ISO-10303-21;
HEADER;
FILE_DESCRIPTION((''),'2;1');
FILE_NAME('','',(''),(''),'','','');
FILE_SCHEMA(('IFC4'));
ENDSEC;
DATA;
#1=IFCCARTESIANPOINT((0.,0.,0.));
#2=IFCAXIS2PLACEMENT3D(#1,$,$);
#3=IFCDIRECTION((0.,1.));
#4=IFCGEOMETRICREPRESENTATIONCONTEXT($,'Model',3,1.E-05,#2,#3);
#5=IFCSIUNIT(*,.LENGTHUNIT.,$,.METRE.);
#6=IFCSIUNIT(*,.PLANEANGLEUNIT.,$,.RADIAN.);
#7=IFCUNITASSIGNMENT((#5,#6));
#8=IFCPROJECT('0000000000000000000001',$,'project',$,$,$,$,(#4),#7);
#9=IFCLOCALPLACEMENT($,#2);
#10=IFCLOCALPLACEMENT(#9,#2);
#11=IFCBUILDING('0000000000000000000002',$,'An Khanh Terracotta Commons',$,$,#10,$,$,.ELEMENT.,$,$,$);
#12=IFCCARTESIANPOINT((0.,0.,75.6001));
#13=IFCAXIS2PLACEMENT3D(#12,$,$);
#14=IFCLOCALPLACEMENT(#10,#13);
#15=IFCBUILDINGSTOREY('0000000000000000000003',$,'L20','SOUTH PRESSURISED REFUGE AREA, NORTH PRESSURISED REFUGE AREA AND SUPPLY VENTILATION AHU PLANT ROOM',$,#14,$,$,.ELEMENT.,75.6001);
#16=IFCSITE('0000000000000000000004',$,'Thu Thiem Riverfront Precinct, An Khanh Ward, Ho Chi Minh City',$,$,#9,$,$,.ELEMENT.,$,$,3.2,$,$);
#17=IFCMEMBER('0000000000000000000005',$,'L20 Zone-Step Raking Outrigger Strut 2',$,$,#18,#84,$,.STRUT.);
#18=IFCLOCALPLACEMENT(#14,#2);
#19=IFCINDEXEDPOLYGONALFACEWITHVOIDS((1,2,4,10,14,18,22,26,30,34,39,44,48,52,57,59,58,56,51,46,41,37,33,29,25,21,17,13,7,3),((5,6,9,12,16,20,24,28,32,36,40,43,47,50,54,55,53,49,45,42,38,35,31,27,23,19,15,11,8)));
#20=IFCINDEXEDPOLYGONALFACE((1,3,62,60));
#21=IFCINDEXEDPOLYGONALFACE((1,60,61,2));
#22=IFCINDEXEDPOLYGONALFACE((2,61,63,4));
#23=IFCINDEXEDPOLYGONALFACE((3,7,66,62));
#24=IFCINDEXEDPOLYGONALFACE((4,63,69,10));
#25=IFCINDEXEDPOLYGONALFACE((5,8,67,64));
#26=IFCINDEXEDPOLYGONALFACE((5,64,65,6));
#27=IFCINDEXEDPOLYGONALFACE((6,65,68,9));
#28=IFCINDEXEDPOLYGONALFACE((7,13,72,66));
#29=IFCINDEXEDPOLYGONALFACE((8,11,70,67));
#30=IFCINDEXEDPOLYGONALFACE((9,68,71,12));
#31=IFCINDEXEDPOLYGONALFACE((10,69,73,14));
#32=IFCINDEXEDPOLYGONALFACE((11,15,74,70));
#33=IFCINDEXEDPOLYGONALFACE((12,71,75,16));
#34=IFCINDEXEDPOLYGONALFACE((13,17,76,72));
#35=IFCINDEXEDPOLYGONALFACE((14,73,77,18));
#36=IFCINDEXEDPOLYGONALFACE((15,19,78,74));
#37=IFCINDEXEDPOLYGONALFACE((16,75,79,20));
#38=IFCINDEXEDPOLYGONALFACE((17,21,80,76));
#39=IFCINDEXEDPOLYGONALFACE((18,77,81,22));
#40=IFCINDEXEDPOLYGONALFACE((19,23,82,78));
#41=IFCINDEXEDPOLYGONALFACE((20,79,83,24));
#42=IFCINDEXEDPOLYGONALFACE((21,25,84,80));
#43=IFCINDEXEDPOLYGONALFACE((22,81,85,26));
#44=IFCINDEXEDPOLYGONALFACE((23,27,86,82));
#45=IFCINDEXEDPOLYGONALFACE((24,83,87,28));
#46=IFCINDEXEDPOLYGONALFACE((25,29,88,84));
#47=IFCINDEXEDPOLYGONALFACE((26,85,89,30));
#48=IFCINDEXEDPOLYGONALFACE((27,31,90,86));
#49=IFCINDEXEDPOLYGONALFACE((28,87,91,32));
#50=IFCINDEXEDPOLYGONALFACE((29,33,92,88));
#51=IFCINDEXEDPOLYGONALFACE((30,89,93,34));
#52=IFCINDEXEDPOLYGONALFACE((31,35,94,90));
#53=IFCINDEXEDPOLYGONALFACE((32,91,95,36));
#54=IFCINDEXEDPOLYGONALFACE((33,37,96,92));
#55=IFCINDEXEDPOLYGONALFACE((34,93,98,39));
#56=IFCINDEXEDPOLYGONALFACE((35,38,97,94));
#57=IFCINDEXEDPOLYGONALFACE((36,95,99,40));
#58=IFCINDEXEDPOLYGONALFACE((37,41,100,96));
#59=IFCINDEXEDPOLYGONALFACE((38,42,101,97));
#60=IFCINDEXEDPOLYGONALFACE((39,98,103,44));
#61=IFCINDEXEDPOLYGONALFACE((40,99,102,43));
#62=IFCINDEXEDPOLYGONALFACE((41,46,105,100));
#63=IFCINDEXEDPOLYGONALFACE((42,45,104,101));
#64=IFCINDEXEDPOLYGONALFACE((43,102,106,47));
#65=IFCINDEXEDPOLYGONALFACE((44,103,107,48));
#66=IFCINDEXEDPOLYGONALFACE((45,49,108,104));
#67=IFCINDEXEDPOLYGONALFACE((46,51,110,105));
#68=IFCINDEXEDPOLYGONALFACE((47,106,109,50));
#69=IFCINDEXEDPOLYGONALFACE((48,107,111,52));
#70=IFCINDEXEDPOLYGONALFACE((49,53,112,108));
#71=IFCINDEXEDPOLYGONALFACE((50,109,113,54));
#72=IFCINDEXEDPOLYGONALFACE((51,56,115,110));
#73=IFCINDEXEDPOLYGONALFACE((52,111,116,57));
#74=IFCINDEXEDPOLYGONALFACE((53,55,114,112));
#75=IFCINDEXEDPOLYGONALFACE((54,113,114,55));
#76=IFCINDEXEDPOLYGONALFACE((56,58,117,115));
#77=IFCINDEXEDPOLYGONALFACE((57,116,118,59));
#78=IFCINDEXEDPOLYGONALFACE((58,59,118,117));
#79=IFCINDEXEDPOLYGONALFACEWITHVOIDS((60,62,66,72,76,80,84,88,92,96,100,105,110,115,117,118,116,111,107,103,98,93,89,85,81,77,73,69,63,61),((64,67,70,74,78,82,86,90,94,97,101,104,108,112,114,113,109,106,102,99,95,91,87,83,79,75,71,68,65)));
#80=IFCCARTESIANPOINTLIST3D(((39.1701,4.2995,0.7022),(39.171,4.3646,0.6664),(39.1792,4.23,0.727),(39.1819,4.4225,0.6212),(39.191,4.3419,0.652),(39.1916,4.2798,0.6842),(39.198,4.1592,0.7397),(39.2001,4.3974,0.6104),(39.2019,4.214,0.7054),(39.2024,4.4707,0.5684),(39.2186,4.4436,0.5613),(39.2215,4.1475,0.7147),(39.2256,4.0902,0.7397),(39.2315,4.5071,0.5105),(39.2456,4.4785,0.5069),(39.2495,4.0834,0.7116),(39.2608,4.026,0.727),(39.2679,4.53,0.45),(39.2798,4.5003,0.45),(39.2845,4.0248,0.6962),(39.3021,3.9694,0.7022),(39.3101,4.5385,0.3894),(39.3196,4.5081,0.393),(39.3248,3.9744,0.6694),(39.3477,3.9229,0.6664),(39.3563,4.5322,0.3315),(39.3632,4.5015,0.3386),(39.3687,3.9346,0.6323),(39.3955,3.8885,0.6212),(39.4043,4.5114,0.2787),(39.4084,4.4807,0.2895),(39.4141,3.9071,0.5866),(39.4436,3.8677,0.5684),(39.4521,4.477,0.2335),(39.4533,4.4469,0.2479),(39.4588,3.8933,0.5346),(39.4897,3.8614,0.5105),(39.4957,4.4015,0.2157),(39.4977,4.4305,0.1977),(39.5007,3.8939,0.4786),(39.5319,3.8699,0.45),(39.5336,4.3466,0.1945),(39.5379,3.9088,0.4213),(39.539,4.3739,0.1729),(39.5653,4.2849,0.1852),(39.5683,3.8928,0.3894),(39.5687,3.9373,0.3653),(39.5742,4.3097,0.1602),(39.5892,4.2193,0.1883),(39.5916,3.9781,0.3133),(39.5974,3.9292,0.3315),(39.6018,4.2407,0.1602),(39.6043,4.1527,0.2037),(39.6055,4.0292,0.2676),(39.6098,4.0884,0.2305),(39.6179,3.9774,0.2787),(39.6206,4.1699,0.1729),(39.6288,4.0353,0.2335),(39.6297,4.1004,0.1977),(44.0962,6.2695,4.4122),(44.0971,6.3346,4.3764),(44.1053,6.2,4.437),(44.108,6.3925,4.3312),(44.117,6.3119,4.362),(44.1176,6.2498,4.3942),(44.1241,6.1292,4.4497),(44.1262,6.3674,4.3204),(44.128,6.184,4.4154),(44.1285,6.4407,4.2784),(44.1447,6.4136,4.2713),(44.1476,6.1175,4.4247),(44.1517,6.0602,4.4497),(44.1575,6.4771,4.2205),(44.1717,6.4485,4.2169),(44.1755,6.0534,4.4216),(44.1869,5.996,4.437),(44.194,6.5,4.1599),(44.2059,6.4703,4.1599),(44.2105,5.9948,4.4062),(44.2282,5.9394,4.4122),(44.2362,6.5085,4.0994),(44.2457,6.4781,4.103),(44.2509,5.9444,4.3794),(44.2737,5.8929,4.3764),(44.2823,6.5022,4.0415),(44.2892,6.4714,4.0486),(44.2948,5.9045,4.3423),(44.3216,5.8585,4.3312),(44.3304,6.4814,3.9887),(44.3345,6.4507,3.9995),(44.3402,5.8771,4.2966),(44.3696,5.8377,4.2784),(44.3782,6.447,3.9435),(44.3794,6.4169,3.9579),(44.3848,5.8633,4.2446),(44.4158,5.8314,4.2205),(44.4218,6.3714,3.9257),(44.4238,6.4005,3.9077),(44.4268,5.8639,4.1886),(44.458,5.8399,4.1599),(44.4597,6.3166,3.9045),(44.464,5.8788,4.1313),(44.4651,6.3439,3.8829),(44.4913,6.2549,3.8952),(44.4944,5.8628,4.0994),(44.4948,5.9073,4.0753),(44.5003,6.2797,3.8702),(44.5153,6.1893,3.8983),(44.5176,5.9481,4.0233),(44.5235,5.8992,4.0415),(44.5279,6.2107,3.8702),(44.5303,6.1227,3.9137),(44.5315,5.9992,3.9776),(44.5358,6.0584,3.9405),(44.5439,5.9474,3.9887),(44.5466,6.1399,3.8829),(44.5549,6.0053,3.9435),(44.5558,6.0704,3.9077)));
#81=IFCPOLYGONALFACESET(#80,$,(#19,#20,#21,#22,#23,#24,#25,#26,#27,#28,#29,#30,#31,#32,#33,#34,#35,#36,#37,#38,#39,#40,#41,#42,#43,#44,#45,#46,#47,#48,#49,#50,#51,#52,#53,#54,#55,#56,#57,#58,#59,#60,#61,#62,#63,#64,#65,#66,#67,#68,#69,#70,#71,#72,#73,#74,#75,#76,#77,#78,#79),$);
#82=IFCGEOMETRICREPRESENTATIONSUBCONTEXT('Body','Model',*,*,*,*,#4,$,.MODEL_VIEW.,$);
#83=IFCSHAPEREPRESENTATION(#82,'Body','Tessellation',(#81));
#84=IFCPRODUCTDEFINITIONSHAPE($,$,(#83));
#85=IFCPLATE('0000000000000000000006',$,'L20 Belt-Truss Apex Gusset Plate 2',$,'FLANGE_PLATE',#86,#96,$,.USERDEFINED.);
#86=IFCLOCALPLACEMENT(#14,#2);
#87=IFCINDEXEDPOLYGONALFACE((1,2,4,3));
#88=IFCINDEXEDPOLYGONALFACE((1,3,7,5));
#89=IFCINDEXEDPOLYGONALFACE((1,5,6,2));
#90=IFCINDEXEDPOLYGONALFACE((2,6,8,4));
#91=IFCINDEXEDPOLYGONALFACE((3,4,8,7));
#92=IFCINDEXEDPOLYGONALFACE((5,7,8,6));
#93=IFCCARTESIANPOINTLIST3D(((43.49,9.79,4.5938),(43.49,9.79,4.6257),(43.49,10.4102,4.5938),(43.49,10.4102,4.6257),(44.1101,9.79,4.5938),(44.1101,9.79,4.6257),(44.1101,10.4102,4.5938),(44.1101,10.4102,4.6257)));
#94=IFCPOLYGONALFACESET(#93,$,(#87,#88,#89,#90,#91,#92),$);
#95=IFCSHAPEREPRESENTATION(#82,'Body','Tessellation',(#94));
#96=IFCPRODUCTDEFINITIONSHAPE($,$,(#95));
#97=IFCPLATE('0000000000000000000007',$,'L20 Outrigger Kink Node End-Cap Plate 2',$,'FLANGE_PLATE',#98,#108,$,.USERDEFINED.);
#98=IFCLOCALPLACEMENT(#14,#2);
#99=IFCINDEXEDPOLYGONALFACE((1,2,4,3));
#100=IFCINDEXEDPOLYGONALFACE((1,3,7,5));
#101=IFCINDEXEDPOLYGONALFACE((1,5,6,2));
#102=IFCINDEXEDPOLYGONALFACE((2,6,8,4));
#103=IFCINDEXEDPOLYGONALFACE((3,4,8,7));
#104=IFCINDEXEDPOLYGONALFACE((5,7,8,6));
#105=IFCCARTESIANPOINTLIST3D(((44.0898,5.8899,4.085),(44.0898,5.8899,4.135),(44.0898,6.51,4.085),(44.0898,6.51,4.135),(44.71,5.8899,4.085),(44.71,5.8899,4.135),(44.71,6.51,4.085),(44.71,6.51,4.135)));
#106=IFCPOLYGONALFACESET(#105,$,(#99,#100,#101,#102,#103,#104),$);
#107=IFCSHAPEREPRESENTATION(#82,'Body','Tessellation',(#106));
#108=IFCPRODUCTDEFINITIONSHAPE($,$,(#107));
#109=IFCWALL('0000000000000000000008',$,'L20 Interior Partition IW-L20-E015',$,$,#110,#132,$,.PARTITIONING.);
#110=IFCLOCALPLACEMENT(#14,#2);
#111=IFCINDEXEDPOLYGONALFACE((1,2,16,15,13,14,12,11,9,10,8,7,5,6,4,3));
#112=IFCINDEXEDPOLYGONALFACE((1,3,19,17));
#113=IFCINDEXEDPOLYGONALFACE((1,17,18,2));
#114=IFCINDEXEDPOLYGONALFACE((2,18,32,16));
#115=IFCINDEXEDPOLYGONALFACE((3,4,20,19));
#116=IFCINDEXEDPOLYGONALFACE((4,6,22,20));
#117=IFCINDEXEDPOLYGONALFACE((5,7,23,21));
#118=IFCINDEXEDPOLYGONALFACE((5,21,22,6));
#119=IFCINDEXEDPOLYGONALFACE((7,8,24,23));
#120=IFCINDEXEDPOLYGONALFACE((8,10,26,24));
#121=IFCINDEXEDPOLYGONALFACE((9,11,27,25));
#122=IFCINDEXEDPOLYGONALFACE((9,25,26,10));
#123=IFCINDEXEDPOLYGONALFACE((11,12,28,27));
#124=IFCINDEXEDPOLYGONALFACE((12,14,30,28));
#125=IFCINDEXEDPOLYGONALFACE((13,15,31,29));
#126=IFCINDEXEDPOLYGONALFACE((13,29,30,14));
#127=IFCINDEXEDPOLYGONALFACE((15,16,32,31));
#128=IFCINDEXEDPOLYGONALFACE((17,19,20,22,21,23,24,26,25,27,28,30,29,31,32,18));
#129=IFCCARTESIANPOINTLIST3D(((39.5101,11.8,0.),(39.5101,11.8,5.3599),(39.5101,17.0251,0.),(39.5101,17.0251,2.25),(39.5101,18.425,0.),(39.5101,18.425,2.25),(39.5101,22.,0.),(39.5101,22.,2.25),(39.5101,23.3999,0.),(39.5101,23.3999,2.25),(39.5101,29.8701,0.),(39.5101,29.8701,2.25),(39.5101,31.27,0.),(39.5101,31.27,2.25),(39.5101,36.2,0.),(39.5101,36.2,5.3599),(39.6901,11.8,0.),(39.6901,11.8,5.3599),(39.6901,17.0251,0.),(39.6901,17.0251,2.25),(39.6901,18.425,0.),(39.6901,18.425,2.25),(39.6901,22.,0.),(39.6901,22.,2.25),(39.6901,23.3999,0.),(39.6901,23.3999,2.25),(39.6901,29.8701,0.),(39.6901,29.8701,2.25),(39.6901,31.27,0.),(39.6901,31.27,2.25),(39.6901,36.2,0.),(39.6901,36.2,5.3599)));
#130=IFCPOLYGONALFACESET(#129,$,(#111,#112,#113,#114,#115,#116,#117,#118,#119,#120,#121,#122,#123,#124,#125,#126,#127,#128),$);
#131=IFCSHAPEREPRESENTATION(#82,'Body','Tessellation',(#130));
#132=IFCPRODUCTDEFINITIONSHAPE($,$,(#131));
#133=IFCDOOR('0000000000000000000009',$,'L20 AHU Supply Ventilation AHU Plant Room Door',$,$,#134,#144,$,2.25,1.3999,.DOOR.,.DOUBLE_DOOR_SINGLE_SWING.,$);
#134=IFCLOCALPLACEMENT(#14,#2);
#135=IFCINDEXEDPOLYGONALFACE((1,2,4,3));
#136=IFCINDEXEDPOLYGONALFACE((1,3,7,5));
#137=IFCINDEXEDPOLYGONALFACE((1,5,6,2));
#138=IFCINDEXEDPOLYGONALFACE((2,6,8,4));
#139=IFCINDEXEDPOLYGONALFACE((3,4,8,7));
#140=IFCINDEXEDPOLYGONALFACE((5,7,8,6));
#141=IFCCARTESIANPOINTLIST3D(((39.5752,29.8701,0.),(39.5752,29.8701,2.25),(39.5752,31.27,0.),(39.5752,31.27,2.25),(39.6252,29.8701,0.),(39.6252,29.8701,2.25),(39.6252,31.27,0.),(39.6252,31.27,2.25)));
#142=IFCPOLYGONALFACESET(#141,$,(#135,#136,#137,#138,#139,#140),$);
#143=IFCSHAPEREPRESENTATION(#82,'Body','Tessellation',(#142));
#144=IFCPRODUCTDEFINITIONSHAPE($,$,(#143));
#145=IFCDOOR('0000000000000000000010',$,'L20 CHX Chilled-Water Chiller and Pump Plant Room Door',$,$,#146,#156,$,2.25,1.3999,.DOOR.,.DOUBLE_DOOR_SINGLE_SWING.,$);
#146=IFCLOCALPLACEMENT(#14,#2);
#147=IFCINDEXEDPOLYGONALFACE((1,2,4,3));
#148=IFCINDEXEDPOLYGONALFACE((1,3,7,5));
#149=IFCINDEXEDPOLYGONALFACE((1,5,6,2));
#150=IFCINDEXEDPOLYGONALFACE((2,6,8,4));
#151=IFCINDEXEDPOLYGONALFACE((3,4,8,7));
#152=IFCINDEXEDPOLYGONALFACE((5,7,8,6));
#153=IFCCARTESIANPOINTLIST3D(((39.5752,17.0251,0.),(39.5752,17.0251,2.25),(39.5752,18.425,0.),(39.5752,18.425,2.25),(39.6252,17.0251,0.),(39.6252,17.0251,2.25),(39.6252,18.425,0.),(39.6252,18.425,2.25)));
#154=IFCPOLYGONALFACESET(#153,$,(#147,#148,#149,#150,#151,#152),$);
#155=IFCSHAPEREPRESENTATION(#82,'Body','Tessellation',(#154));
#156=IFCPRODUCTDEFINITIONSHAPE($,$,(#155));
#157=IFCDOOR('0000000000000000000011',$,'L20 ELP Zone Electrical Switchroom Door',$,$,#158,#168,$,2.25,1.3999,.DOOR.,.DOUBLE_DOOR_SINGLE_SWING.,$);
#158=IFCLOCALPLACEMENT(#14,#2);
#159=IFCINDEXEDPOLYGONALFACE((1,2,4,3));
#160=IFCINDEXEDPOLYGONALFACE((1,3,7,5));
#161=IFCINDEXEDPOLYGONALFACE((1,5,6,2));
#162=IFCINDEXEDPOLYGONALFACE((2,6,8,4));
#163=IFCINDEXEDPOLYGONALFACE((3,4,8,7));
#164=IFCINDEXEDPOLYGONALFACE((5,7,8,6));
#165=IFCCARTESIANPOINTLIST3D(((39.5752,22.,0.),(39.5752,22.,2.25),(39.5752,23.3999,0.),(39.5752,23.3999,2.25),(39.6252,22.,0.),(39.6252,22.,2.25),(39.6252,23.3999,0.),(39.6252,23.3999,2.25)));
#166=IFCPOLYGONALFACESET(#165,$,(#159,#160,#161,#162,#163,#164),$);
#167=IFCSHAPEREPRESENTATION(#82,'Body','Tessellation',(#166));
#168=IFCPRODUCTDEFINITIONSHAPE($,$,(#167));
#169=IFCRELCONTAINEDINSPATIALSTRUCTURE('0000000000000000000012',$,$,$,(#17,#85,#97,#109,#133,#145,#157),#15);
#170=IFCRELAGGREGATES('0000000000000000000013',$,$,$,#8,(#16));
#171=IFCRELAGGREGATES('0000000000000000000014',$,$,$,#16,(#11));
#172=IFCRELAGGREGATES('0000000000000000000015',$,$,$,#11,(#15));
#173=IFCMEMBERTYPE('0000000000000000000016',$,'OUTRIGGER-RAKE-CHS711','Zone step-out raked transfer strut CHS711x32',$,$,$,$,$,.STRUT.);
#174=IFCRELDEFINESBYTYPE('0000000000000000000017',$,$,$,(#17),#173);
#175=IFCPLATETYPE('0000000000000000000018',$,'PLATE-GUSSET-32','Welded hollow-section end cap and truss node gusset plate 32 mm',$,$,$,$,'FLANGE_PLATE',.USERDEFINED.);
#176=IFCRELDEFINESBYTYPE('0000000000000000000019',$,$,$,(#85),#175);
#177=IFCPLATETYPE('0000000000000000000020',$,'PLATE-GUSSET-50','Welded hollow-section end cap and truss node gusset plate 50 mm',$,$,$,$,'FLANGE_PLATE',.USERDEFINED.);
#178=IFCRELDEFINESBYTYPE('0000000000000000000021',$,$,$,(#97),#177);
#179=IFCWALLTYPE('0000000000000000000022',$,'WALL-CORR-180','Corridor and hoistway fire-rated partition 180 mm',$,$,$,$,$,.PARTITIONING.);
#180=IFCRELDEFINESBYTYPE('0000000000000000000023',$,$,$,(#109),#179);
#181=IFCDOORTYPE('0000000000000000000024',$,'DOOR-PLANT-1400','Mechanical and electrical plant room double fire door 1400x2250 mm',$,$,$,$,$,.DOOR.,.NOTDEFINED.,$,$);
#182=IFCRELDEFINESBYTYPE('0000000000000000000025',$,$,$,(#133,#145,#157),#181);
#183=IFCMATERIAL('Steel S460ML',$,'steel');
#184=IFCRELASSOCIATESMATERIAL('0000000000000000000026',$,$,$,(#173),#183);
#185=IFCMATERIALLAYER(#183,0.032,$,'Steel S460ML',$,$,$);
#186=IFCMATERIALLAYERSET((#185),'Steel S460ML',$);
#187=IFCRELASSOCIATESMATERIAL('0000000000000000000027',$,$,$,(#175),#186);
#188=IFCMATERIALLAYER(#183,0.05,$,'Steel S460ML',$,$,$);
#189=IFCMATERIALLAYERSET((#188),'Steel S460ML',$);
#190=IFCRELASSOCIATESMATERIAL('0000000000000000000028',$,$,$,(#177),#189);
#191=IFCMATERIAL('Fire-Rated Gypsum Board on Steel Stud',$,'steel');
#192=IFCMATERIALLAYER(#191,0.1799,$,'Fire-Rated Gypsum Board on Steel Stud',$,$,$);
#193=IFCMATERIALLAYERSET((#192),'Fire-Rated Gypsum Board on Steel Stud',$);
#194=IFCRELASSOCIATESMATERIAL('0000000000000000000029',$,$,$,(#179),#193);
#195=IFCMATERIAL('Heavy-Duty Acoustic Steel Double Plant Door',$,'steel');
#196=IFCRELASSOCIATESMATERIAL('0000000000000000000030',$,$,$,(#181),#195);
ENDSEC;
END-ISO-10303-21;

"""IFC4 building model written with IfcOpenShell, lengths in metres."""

from ifc_helpers import new_model, si_unit, direction, frame, frame_2d, origin, origin_2d, place, context, subcontext, project, spatial, rectangle, hollow_circle, extrude, material, layer, layer_set, material_profile, profile_set, type_object, element, fill, save


model = new_model("IFC4")

# Units and contexts
model_context = context("Model", 3, precision=1e-05, world=origin(), true_north=direction((0.0, 1.0)))
body_context = subcontext(model_context, "Body", "Model", "MODEL_VIEW")
ifc_project = project(units=[si_unit("LENGTHUNIT", "METRE"), si_unit("PLANEANGLEUNIT", "RADIAN")], contexts=[model_context])

# Site, building, storey
site_placement = place(None, origin())
site = spatial("IfcSite", under=ifc_project, at=site_placement, Name="Thu Thiem Riverfront Precinct, An Khanh Ward, Ho Chi Minh City", CompositionType="ELEMENT", RefElevation=3.2)
building_placement = place(site_placement, origin())
building = spatial("IfcBuilding", under=site, at=building_placement, Name="An Khanh Terracotta Commons", CompositionType="ELEMENT")
storey_placement = place(building_placement, frame((0.0, 0.0, 75.6001)))
storey = spatial("IfcBuildingStorey", under=building, at=storey_placement, Name="L20", Description="SOUTH PRESSURISED REFUGE AREA, NORTH PRESSURISED REFUGE AREA AND SUPPLY VENTILATION AHU PLANT ROOM", CompositionType="ELEMENT", Elevation=75.6001)

# Shared definitions
ifc_material_1 = material(Name="Steel S460ML", Category="steel")

# Member
ifc_material_profile_1 = material_profile(ifc_material_1, hollow_circle(Radius=0.3555, WallThickness=0.032, at=origin_2d()), Name="CHS711x32")
ifc_profile_set_1 = profile_set([ifc_material_profile_1], Name="Steel S460ML")
member_type_1 = type_object("IfcMemberType", Name="OUTRIGGER-RAKE-CHS711", Description="Zone step-out raked transfer strut CHS711x32", PredefinedType="STRUT", material=ifc_profile_set_1)
member_1_placement = place(storey_placement, frame((39.3999, 4.2, 0.45), z_axis=(0.760915, 0.304298, 0.573072), x_axis=(-0.371319, 0.928505, 0.0)))
element("IfcMember", 1, at=member_1_placement, inside=storey, type_object=member_type_1, Name="L20 Zone-Step Raking Outrigger Strut 2", PredefinedType="STRUT", context=body_context, shape_type="SweptSolid", body=[
    extrude(hollow_circle(Radius=0.3555, WallThickness=0.032, at=origin_2d()), origin(), (0.0, 0.0, 1.0), 6.4739),
])

# Plates
ifc_layer_1 = layer(ifc_material_1, 0.032, Name="Steel S460ML")
ifc_layer_set_1 = layer_set([ifc_layer_1], Name="Steel S460ML")
plate_type_1 = type_object("IfcPlateType", Name="PLATE-GUSSET-32", Description="Welded hollow-section end cap and truss node gusset plate 32 mm", ElementType="FLANGE_PLATE", PredefinedType="USERDEFINED", material=ifc_layer_set_1)
plate_1_placement = place(storey_placement, frame((43.8, 10.1001, 4.5938), z_axis=(0.0, 0.0, 1.0), x_axis=(1.0, 0.0, 0.0)))
element("IfcPlate", 2, at=plate_1_placement, inside=storey, type_object=plate_type_1, Name="L20 Belt-Truss Apex Gusset Plate 2", ObjectType="FLANGE_PLATE", PredefinedType="USERDEFINED", context=body_context, shape_type="SweptSolid", body=[
    extrude(rectangle(XDim=0.6201, YDim=0.6201, at=origin_2d()), origin(), (0.0, 0.0, 1.0), 0.032),
])
ifc_layer_2 = layer(ifc_material_1, 0.05, Name="Steel S460ML")
ifc_layer_set_2 = layer_set([ifc_layer_2], Name="Steel S460ML")
plate_type_2 = type_object("IfcPlateType", Name="PLATE-GUSSET-50", Description="Welded hollow-section end cap and truss node gusset plate 50 mm", ElementType="FLANGE_PLATE", PredefinedType="USERDEFINED", material=ifc_layer_set_2)
plate_2_placement = place(storey_placement, frame((44.3999, 6.2, 4.085), z_axis=(0.0, 0.0, 1.0), x_axis=(1.0, 0.0, 0.0)))
element("IfcPlate", 3, at=plate_2_placement, inside=storey, type_object=plate_type_2, Name="L20 Outrigger Kink Node End-Cap Plate 2", ObjectType="FLANGE_PLATE", PredefinedType="USERDEFINED", context=body_context, shape_type="SweptSolid", body=[
    extrude(rectangle(XDim=0.6201, YDim=0.6201, at=origin_2d()), origin(), (0.0, 0.0, 1.0), 0.05),
])

# Wall, openings, doors
ifc_material_2 = material(Name="Fire-Rated Gypsum Board on Steel Stud", Category="steel")
ifc_layer_3 = layer(ifc_material_2, 0.1799, Name="Fire-Rated Gypsum Board on Steel Stud")
ifc_layer_set_3 = layer_set([ifc_layer_3], Name="Fire-Rated Gypsum Board on Steel Stud")
wall_type_1 = type_object("IfcWallType", Name="WALL-CORR-180", Description="Corridor and hoistway fire-rated partition 180 mm", PredefinedType="PARTITIONING", material=ifc_layer_set_3)
wall_1_placement = place(storey_placement, frame((39.6001, 11.8, 0.0), z_axis=(0.0, 0.0, 1.0), x_axis=(0.0, 1.0, 0.0)))
wall_1 = element("IfcWall", 4, at=wall_1_placement, inside=storey, type_object=wall_type_1, Name="L20 Interior Partition IW-L20-E015", PredefinedType="PARTITIONING", context=body_context, shape_type="SweptSolid", body=[
    extrude(rectangle(XDim=24.3999, YDim=0.1799, at=frame_2d((12.2, 0.0))), origin(), (0.0, 0.0, 1.0), 5.3599),
])
opening_1_placement = place(wall_1_placement, frame((18.0701, 0.0, 0.0)))
opening_1 = element("IfcOpeningElement", 5, at=opening_1_placement, cuts=wall_1, PredefinedType="OPENING", context=body_context, shape_type="SweptSolid", body=[
    extrude(rectangle(XDim=1.3999, YDim=2.25, at=frame_2d((0.7, 1.125))), frame((0.0, 0.0999, 0.0), z_axis=(0.0, -1.0, 0.0), x_axis=(1.0, 0.0, 0.0)), (0.0, 0.0, 1.0), 0.2),
])
opening_2_placement = place(wall_1_placement, frame((5.2251, 0.0, 0.0)))
opening_2 = element("IfcOpeningElement", 6, at=opening_2_placement, cuts=wall_1, PredefinedType="OPENING", context=body_context, shape_type="SweptSolid", body=[
    extrude(rectangle(XDim=1.3999, YDim=2.25, at=frame_2d((0.7, 1.125))), frame((0.0, 0.0999, 0.0), z_axis=(0.0, -1.0, 0.0), x_axis=(1.0, 0.0, 0.0)), (0.0, 0.0, 1.0), 0.2),
])
opening_3_placement = place(wall_1_placement, frame((10.2, 0.0, 0.0)))
opening_3 = element("IfcOpeningElement", 7, at=opening_3_placement, cuts=wall_1, PredefinedType="OPENING", context=body_context, shape_type="SweptSolid", body=[
    extrude(rectangle(XDim=1.3999, YDim=2.25, at=frame_2d((0.7, 1.125))), frame((0.0, 0.0999, 0.0), z_axis=(0.0, -1.0, 0.0), x_axis=(1.0, 0.0, 0.0)), (0.0, 0.0, 1.0), 0.2),
])
ifc_material_3 = material(Name="Heavy-Duty Acoustic Steel Double Plant Door", Category="steel")
door_type = type_object("IfcDoorType", Name="DOOR-PLANT-1400", Description="Mechanical and electrical plant room double fire door 1400x2250 mm", OperationType="NOTDEFINED", PredefinedType="DOOR", material=ifc_material_3)
door_1_placement = place(opening_1_placement, origin())
door_1 = element("IfcDoor", 8, at=door_1_placement, inside=storey, type_object=door_type, Name="L20 AHU Supply Ventilation AHU Plant Room Door", OperationType="DOUBLE_DOOR_SINGLE_SWING", OverallHeight=2.25, OverallWidth=1.3999, PredefinedType="DOOR", context=body_context, shape_type="SweptSolid", body=[
    extrude(rectangle(XDim=1.3999, YDim=2.25, at=frame_2d((0.7, 1.125))), frame((0.0, 0.0249, 0.0), z_axis=(0.0, -1.0, 0.0), x_axis=(1.0, 0.0, 0.0)), (0.0, 0.0, 1.0), 0.05),
])
fill(opening_1, door_1)
door_2_placement = place(opening_2_placement, origin())
door_2 = element("IfcDoor", 9, at=door_2_placement, inside=storey, type_object=door_type, Name="L20 CHX Chilled-Water Chiller and Pump Plant Room Door", OperationType="DOUBLE_DOOR_SINGLE_SWING", OverallHeight=2.25, OverallWidth=1.3999, PredefinedType="DOOR", context=body_context, shape_type="SweptSolid", body=[
    extrude(rectangle(XDim=1.3999, YDim=2.25, at=frame_2d((0.7, 1.125))), frame((0.0, 0.0249, 0.0), z_axis=(0.0, -1.0, 0.0), x_axis=(1.0, 0.0, 0.0)), (0.0, 0.0, 1.0), 0.05),
])
fill(opening_2, door_2)
door_3_placement = place(opening_3_placement, origin())
door_3 = element("IfcDoor", 10, at=door_3_placement, inside=storey, type_object=door_type, Name="L20 ELP Zone Electrical Switchroom Door", OperationType="DOUBLE_DOOR_SINGLE_SWING", OverallHeight=2.25, OverallWidth=1.3999, PredefinedType="DOOR", context=body_context, shape_type="SweptSolid", body=[
    extrude(rectangle(XDim=1.3999, YDim=2.25, at=frame_2d((0.7, 1.125))), frame((0.0, 0.0249, 0.0), z_axis=(0.0, -1.0, 0.0), x_axis=(1.0, 0.0, 0.0)), (0.0, 0.0, 1.0), 0.05),
])
fill(opening_3, door_3)

save(model, "model.ifc")
